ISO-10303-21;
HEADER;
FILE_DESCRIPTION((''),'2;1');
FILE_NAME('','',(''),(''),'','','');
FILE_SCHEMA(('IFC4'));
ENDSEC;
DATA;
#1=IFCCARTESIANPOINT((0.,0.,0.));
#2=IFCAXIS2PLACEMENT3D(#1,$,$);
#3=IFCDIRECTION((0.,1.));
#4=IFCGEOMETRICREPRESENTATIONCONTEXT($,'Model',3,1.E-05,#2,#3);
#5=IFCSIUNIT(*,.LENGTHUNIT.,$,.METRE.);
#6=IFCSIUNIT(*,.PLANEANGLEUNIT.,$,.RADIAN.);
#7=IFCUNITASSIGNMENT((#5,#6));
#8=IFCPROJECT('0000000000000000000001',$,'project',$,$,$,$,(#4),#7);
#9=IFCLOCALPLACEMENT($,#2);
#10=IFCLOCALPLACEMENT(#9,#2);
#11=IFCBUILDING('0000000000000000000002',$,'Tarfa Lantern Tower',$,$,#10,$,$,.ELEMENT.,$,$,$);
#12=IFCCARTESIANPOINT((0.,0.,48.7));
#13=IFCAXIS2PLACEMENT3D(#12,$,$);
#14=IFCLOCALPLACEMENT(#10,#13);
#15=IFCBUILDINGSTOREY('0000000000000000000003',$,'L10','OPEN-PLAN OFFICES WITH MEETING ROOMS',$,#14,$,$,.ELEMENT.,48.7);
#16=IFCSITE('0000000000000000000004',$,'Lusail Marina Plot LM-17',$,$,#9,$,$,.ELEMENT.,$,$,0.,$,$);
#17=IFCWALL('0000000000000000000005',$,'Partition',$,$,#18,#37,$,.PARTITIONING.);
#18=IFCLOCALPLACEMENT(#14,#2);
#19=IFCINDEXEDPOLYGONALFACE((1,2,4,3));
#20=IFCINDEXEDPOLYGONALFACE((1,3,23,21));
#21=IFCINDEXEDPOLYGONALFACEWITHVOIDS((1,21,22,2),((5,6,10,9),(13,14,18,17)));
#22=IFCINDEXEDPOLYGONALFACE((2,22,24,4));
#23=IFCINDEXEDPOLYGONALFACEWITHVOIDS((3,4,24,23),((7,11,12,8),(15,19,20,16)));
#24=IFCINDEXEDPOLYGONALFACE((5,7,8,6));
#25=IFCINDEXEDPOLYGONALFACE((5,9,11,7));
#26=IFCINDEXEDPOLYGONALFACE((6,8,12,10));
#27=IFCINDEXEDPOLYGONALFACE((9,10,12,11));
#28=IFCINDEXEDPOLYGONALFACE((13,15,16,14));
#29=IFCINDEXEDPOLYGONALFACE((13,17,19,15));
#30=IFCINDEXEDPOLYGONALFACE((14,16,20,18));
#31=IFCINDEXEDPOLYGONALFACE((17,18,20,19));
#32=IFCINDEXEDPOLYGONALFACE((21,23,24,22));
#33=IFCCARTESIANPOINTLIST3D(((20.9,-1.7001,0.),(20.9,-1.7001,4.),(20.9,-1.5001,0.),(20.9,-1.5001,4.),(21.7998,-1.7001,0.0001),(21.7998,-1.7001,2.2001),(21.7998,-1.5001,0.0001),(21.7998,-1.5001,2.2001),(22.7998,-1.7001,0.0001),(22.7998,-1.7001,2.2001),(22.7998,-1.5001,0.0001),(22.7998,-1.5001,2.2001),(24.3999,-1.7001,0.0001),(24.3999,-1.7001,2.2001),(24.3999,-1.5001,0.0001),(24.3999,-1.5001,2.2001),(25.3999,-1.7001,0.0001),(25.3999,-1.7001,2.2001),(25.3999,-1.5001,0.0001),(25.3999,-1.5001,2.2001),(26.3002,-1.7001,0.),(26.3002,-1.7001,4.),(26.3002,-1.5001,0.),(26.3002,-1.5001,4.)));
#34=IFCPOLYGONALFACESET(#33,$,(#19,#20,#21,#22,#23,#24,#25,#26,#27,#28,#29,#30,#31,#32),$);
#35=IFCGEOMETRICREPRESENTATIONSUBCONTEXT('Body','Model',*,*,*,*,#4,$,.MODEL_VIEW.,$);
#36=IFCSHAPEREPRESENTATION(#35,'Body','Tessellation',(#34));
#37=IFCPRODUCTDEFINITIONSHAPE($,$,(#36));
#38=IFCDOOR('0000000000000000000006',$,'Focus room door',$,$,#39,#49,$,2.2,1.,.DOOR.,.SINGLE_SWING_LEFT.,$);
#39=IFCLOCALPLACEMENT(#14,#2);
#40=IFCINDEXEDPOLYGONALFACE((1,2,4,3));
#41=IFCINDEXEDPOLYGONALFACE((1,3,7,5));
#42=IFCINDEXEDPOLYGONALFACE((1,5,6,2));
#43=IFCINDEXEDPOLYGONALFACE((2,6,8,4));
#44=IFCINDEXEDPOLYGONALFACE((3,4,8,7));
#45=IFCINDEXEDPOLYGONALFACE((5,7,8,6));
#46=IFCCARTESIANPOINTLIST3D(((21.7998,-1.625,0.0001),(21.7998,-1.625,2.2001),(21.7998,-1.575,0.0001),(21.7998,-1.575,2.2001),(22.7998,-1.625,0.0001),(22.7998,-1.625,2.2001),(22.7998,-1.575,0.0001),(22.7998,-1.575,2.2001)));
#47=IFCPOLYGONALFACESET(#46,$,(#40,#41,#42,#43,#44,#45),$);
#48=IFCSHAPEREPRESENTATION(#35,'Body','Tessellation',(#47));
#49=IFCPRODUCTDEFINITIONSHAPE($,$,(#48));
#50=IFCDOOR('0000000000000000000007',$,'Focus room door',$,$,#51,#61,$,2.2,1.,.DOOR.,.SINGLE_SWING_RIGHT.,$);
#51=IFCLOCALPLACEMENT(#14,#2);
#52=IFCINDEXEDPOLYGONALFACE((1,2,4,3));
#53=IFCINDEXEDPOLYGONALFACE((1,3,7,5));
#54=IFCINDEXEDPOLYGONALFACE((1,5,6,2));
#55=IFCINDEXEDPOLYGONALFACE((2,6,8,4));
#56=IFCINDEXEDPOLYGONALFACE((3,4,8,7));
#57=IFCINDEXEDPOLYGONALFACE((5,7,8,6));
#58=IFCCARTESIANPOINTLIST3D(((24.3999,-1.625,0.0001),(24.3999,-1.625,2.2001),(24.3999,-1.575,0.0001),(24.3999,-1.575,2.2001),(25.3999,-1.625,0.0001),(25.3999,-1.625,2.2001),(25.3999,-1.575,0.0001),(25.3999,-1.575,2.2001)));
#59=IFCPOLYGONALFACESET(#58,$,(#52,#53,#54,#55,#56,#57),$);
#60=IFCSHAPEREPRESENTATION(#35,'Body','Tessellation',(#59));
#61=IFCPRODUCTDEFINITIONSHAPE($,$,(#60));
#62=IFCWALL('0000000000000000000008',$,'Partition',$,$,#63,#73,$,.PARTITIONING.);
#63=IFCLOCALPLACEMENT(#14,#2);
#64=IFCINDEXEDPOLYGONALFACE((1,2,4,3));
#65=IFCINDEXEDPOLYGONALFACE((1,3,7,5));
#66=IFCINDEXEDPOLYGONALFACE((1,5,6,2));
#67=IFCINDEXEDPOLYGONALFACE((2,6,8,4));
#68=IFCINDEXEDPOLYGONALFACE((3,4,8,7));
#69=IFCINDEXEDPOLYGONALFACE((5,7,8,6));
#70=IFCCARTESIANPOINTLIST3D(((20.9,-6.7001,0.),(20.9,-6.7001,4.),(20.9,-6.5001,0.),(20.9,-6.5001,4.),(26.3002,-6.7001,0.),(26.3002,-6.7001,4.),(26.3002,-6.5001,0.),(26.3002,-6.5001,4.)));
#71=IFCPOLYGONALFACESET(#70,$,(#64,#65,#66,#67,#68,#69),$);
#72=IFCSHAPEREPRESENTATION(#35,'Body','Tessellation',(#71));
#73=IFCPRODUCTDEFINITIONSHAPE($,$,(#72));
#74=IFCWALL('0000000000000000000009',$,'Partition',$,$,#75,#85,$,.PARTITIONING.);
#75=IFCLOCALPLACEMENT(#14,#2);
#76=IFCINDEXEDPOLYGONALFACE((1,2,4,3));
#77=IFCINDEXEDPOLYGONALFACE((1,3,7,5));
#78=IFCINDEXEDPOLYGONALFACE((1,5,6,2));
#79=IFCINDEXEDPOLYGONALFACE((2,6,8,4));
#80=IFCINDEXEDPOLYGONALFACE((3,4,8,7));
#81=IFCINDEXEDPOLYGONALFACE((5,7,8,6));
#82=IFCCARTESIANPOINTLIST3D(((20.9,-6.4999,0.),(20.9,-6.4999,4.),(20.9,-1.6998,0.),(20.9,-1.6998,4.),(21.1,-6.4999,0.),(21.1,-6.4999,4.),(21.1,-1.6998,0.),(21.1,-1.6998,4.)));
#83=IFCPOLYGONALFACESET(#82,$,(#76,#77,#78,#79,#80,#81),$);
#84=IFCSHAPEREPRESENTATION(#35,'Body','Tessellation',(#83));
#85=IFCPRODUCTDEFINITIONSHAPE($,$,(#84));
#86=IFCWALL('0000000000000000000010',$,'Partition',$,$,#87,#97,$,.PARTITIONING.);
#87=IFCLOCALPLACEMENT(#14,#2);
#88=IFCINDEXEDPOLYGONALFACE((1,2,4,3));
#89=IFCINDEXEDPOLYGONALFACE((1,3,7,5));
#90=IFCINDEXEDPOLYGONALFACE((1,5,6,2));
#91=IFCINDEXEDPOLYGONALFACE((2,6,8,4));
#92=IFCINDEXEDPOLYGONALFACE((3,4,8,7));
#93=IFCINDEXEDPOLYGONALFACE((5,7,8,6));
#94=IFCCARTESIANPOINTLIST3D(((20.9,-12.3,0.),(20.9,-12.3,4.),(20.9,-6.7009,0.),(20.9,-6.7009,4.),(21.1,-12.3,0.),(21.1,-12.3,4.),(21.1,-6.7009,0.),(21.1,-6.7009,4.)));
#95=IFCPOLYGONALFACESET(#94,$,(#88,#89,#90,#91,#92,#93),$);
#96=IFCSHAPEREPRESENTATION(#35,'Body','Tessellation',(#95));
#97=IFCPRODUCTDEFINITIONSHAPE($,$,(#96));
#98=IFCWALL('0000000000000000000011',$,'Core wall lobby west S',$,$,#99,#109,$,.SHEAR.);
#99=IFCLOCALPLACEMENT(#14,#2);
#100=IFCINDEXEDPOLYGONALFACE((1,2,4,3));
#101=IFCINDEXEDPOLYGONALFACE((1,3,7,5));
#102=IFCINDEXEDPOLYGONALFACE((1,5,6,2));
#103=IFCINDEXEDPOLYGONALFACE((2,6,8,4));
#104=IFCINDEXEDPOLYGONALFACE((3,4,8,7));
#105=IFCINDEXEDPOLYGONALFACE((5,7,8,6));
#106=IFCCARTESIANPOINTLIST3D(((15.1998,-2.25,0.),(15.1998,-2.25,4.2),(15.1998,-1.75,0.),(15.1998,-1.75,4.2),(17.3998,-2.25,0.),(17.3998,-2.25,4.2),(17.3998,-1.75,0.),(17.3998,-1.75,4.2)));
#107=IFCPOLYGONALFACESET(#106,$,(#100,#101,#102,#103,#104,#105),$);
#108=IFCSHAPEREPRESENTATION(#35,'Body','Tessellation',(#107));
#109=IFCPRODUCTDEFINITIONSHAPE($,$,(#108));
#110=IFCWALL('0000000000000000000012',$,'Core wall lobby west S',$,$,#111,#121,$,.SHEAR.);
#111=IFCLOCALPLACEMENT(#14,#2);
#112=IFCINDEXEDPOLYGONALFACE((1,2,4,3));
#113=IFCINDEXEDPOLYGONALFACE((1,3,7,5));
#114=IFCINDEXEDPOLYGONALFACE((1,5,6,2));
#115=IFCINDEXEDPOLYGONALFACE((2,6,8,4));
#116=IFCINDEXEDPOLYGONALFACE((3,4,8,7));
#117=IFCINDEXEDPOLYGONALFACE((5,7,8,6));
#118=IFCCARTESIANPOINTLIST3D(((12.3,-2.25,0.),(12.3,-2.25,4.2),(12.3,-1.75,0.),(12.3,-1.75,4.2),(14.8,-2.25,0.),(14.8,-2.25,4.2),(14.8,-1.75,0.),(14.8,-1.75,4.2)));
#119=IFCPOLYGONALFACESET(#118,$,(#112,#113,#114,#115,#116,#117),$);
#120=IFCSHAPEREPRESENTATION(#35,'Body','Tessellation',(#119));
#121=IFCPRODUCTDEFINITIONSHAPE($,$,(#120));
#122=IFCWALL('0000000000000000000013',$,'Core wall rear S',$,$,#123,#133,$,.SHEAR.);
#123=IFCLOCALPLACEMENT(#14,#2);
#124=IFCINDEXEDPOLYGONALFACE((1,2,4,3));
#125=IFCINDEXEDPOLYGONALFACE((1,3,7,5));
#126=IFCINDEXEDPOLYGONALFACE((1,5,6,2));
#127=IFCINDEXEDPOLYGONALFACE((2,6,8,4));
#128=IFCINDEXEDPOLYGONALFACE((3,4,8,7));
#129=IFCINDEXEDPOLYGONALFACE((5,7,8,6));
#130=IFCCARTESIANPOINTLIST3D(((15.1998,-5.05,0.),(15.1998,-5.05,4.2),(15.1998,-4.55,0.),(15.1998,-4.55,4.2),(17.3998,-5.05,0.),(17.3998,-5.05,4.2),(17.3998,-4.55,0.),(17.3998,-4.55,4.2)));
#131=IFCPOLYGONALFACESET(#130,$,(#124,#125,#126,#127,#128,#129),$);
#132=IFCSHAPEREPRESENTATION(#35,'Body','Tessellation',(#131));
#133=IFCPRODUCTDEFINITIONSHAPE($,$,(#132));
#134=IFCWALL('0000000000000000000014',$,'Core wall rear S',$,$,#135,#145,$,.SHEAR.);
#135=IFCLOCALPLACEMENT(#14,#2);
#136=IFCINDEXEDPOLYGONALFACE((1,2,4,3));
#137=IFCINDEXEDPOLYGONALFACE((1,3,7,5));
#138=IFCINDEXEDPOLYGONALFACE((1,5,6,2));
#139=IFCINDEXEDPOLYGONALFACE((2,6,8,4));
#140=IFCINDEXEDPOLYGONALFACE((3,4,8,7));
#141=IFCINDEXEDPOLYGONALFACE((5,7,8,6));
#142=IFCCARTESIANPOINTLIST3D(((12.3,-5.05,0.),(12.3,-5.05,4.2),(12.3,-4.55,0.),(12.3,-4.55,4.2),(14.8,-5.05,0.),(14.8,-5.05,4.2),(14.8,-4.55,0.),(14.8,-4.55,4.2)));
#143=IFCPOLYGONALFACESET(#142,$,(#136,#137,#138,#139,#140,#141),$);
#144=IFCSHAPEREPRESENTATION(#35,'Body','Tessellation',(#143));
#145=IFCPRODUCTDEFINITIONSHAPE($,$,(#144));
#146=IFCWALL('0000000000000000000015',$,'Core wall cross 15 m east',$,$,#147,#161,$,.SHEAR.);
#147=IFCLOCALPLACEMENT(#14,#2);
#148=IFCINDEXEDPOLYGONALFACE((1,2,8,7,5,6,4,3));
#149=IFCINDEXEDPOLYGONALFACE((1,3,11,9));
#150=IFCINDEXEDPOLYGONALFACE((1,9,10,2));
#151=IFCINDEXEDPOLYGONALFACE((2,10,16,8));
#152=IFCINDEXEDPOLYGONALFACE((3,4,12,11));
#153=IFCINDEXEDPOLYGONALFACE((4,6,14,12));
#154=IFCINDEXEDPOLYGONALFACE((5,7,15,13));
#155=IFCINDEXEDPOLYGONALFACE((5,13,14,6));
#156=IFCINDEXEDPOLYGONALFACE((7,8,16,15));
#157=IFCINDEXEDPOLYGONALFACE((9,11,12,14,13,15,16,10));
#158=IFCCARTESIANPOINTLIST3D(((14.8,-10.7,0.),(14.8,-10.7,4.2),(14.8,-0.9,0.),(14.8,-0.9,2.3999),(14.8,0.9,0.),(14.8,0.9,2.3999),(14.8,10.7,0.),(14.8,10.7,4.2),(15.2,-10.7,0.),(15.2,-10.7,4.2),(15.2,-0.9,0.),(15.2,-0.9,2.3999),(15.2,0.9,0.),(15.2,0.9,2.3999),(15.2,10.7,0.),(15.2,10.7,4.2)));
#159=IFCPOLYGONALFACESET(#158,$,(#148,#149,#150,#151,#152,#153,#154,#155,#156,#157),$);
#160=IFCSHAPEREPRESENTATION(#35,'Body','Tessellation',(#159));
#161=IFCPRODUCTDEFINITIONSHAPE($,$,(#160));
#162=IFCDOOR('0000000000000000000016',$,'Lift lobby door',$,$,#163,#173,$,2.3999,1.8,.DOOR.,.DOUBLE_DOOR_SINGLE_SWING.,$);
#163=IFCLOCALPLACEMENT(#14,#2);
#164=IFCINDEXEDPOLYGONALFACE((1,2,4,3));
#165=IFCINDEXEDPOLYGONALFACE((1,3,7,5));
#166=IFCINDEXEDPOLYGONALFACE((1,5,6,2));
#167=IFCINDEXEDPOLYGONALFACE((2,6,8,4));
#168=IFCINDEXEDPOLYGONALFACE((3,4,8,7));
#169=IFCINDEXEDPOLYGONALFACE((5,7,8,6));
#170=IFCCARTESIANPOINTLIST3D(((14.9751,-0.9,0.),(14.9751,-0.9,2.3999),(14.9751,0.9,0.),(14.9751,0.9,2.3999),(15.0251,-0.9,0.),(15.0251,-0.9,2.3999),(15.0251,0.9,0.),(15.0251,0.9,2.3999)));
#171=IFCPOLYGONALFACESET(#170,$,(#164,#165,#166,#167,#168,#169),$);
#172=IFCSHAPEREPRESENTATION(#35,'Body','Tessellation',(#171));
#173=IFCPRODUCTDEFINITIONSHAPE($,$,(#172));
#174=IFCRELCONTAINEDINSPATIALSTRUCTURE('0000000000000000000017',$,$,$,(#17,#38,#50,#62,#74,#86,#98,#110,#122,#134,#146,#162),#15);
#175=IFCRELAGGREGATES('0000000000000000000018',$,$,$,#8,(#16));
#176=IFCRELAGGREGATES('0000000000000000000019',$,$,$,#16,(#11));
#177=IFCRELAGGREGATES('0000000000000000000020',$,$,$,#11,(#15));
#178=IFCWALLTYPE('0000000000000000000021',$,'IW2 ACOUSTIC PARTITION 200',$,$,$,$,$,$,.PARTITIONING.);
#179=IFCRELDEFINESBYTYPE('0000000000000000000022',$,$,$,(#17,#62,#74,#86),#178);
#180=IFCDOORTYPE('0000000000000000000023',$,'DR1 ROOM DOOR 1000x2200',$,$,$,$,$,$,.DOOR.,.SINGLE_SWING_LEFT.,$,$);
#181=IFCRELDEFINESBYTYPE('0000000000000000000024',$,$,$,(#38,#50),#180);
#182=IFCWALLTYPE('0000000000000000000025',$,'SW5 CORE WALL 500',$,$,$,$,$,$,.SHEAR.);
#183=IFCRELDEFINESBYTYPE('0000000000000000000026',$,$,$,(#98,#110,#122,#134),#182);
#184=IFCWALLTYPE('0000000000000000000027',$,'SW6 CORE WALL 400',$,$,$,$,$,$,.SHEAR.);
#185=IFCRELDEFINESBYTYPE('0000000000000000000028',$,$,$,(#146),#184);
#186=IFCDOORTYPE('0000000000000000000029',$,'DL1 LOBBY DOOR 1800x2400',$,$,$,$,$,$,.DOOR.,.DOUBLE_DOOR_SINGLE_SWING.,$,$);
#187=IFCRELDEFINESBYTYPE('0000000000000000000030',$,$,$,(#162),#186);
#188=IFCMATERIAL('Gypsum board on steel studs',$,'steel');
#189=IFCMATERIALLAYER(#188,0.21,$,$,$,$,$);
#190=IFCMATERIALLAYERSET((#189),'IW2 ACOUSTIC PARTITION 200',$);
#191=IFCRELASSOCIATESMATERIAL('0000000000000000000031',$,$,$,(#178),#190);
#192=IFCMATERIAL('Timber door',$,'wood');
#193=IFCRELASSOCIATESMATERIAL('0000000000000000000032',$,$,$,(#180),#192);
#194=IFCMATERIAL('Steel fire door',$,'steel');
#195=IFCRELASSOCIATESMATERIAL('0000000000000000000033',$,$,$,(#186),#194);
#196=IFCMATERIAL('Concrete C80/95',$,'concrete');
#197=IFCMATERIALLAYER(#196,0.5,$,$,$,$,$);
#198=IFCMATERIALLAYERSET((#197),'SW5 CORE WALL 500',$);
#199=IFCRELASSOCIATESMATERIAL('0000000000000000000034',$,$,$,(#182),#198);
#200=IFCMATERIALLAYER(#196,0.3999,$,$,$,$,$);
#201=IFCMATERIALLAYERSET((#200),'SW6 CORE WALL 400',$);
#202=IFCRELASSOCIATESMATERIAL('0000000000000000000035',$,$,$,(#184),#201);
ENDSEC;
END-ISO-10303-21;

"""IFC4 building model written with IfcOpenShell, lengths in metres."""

from ifc_helpers import new_model, si_unit, direction, frame, frame_2d, origin, place, context, subcontext, project, spatial, rectangle, extrude, material, layer, layer_set, type_object, element, fill, save


model = new_model("IFC4")

# Units and contexts
model_context = context("Model", 3, precision=1e-05, world=origin(), true_north=direction((0.0, 1.0)))
body_context = subcontext(model_context, "Body", "Model", "MODEL_VIEW")
ifc_project = project(units=[si_unit("LENGTHUNIT", "METRE"), si_unit("PLANEANGLEUNIT", "RADIAN")], contexts=[model_context])

# Site, building, storey
site_placement = place(None, origin())
site = spatial("IfcSite", under=ifc_project, at=site_placement, Name="Lusail Marina Plot LM-17", CompositionType="ELEMENT", RefElevation=0.0)
building_placement = place(site_placement, origin())
building = spatial("IfcBuilding", under=site, at=building_placement, Name="Tarfa Lantern Tower", CompositionType="ELEMENT")
storey_placement = place(building_placement, frame((0.0, 0.0, 48.7)))
storey = spatial("IfcBuildingStorey", under=building, at=storey_placement, Name="L10", Description="OPEN-PLAN OFFICES WITH MEETING ROOMS", CompositionType="ELEMENT", Elevation=48.7)

# Wall, openings, doors
ifc_material_1 = material(Name="Gypsum board on steel studs", Category="steel")
ifc_layer_1 = layer(ifc_material_1, 0.21)
ifc_layer_set_1 = layer_set([ifc_layer_1], Name="IW2 ACOUSTIC PARTITION 200")
wall_type_1 = type_object("IfcWallType", Name="IW2 ACOUSTIC PARTITION 200", PredefinedType="PARTITIONING", material=ifc_layer_set_1)
wall_1_placement = place(storey_placement, frame((20.8999, -1.6001, 0.0), z_axis=(0.0, 0.0, 1.0), x_axis=(1.0, 0.0, 0.0)))
wall_1 = element("IfcWall", 1, at=wall_1_placement, inside=storey, type_object=wall_type_1, Name="Partition", PredefinedType="PARTITIONING", context=body_context, shape_type="SweptSolid", body=[
    extrude(rectangle(XDim=5.4001, YDim=0.2, at=frame_2d((2.7002, 0.0))), origin(), (0.0, 0.0, 1.0), 4.0),
])
opening_1_placement = place(wall_1_placement, frame((0.8999, 0.0, 0.0)))
opening_1 = element("IfcOpeningElement", 2, at=opening_1_placement, cuts=wall_1, PredefinedType="OPENING", context=body_context, shape_type="SweptSolid", body=[
    extrude(rectangle(XDim=1.0, YDim=2.2, at=frame_2d((0.5, 1.1001))), frame((0.0, 0.1099, 0.0), z_axis=(0.0, -1.0, 0.0), x_axis=(1.0, 0.0, 0.0)), (0.0, 0.0, 1.0), 0.22),
])
opening_2_placement = place(wall_1_placement, frame((3.5, 0.0, 0.0)))
opening_2 = element("IfcOpeningElement", 3, at=opening_2_placement, cuts=wall_1, PredefinedType="OPENING", context=body_context, shape_type="SweptSolid", body=[
    extrude(rectangle(XDim=1.0, YDim=2.2, at=frame_2d((0.5, 1.1001))), frame((0.0, 0.1099, 0.0), z_axis=(0.0, -1.0, 0.0), x_axis=(1.0, 0.0, 0.0)), (0.0, 0.0, 1.0), 0.22),
])
ifc_material_2 = material(Name="Timber door", Category="wood")
door_type_1 = type_object("IfcDoorType", Name="DR1 ROOM DOOR 1000x2200", OperationType="SINGLE_SWING_LEFT", PredefinedType="DOOR", material=ifc_material_2)
door_1_placement = place(opening_1_placement, frame((1.0, 0.0, 0.0), z_axis=(0.0, 0.0, 1.0), x_axis=(-1.0, 0.0, 0.0)))
door_1 = element("IfcDoor", 4, at=door_1_placement, inside=storey, type_object=door_type_1, Name="Focus room door", OperationType="SINGLE_SWING_LEFT", OverallHeight=2.2, OverallWidth=1.0, PredefinedType="DOOR", context=body_context, shape_type="SweptSolid", body=[
    extrude(rectangle(XDim=1.0, YDim=2.2, at=frame_2d((0.5, 1.1001))), frame((0.0, 0.0249, 0.0), z_axis=(0.0, -1.0, 0.0), x_axis=(1.0, 0.0, 0.0)), (0.0, 0.0, 1.0), 0.05),
])
fill(opening_1, door_1)
door_2_placement = place(opening_2_placement, frame((1.0, 0.0, 0.0), z_axis=(0.0, 0.0, 1.0), x_axis=(-1.0, 0.0, 0.0)))
door_2 = element("IfcDoor", 5, at=door_2_placement, inside=storey, type_object=door_type_1, Name="Focus room door", OperationType="SINGLE_SWING_RIGHT", OverallHeight=2.2, OverallWidth=1.0, PredefinedType="DOOR", context=body_context, shape_type="SweptSolid", body=[
    extrude(rectangle(XDim=1.0, YDim=2.2, at=frame_2d((0.5, 1.1001))), frame((0.0, 0.0249, 0.0), z_axis=(0.0, -1.0, 0.0), x_axis=(1.0, 0.0, 0.0)), (0.0, 0.0, 1.0), 0.05),
])
fill(opening_2, door_2)

# Walls
wall_2_placement = place(storey_placement, frame((20.8999, -6.6001, 0.0), z_axis=(0.0, 0.0, 1.0), x_axis=(1.0, 0.0, 0.0)))
element("IfcWall", 6, at=wall_2_placement, inside=storey, type_object=wall_type_1, Name="Partition", PredefinedType="PARTITIONING", context=body_context, shape_type="SweptSolid", body=[
    extrude(rectangle(XDim=5.4001, YDim=0.2, at=frame_2d((2.7002, 0.0))), origin(), (0.0, 0.0, 1.0), 4.0),
])
wall_3_placement = place(storey_placement, frame((21.0, -1.7, 0.0), z_axis=(0.0, 0.0, 1.0), x_axis=(0.0, -1.0, 0.0)))
element("IfcWall", 7, at=wall_3_placement, inside=storey, type_object=wall_type_1, Name="Partition", PredefinedType="PARTITIONING", context=body_context, shape_type="SweptSolid", body=[
    extrude(rectangle(XDim=4.8, YDim=0.2, at=frame_2d((2.3999, 0.0))), origin(), (0.0, 0.0, 1.0), 4.0),
])
wall_4_placement = place(storey_placement, frame((21.0, -6.7009, 0.0), z_axis=(0.0, 0.0, 1.0), x_axis=(0.0, -1.0, 0.0)))
element("IfcWall", 8, at=wall_4_placement, inside=storey, type_object=wall_type_1, Name="Partition", PredefinedType="PARTITIONING", context=body_context, shape_type="SweptSolid", body=[
    extrude(rectangle(XDim=5.5991, YDim=0.2, at=frame_2d((2.7996, 0.0))), origin(), (0.0, 0.0, 1.0), 4.0),
])

# Shared definitions
ifc_material_3 = material(Name="Concrete C80/95", Category="concrete")
ifc_material_4 = material(Name="Steel fire door", Category="steel")
door_type_2 = type_object("IfcDoorType", Name="DL1 LOBBY DOOR 1800x2400", OperationType="DOUBLE_DOOR_SINGLE_SWING", PredefinedType="DOOR", material=ifc_material_4)

# Walls
ifc_layer_2 = layer(ifc_material_3, 0.5)
ifc_layer_set_2 = layer_set([ifc_layer_2], Name="SW5 CORE WALL 500")
wall_type_2 = type_object("IfcWallType", Name="SW5 CORE WALL 500", PredefinedType="SHEAR", material=ifc_layer_set_2)
wall_5_placement = place(storey_placement, frame((17.3999, -2.0, 0.0), z_axis=(0.0, 0.0, 1.0), x_axis=(-1.0, 0.0, 0.0)))
element("IfcWall", 9, at=wall_5_placement, inside=storey, type_object=wall_type_2, Name="Core wall lobby west S", PredefinedType="SHEAR", context=body_context, shape_type="SweptSolid", body=[
    extrude(rectangle(XDim=2.2, YDim=0.5, at=frame_2d((1.1001, 0.0))), origin(), (0.0, 0.0, 1.0), 4.2),
])
wall_6_placement = place(storey_placement, frame((14.8, -2.0, 0.0), z_axis=(0.0, 0.0, 1.0), x_axis=(-1.0, 0.0, 0.0)))
element("IfcWall", 10, at=wall_6_placement, inside=storey, type_object=wall_type_2, Name="Core wall lobby west S", PredefinedType="SHEAR", context=body_context, shape_type="SweptSolid", body=[
    extrude(rectangle(XDim=2.5, YDim=0.5, at=frame_2d((1.25, 0.0))), origin(), (0.0, 0.0, 1.0), 4.2),
])
wall_7_placement = place(storey_placement, frame((17.3999, -4.8, 0.0), z_axis=(0.0, 0.0, 1.0), x_axis=(-1.0, 0.0, 0.0)))
element("IfcWall", 11, at=wall_7_placement, inside=storey, type_object=wall_type_2, Name="Core wall rear S", PredefinedType="SHEAR", context=body_context, shape_type="SweptSolid", body=[
    extrude(rectangle(XDim=2.2, YDim=0.5, at=frame_2d((1.1001, 0.0))), origin(), (0.0, 0.0, 1.0), 4.2),
])
wall_8_placement = place(storey_placement, frame((14.8, -4.8, 0.0), z_axis=(0.0, 0.0, 1.0), x_axis=(-1.0, 0.0, 0.0)))
element("IfcWall", 12, at=wall_8_placement, inside=storey, type_object=wall_type_2, Name="Core wall rear S", PredefinedType="SHEAR", context=body_context, shape_type="SweptSolid", body=[
    extrude(rectangle(XDim=2.5, YDim=0.5, at=frame_2d((1.25, 0.0))), origin(), (0.0, 0.0, 1.0), 4.2),
])

# Wall, opening, door
ifc_layer_3 = layer(ifc_material_3, 0.3999)
ifc_layer_set_3 = layer_set([ifc_layer_3], Name="SW6 CORE WALL 400")
wall_type_3 = type_object("IfcWallType", Name="SW6 CORE WALL 400", PredefinedType="SHEAR", material=ifc_layer_set_3)
wall_9_placement = place(storey_placement, frame((15.0, -10.7, 0.0), z_axis=(0.0, 0.0, 1.0), x_axis=(0.0, 1.0, 0.0)))
wall_9 = element("IfcWall", 13, at=wall_9_placement, inside=storey, type_object=wall_type_3, Name="Core wall cross 15 m east", PredefinedType="SHEAR", context=body_context, shape_type="SweptSolid", body=[
    extrude(rectangle(XDim=21.3999, YDim=0.3999, at=frame_2d((10.7, 0.0))), origin(), (0.0, 0.0, 1.0), 4.2),
])
opening_3_placement = place(wall_9_placement, frame((9.8, 0.0, 0.0)))
opening_3 = element("IfcOpeningElement", 14, at=opening_3_placement, cuts=wall_9, PredefinedType="OPENING", context=body_context, shape_type="SweptSolid", body=[
    extrude(rectangle(XDim=1.8, YDim=2.3999, at=frame_2d((0.8999, 1.2))), frame((0.0, 0.21, 0.0), z_axis=(0.0, -1.0, 0.0), x_axis=(1.0, 0.0, 0.0)), (0.0, 0.0, 1.0), 0.4199),
])
door_3_placement = place(opening_3_placement, origin())
door_3 = element("IfcDoor", 15, at=door_3_placement, inside=storey, type_object=door_type_2, Name="Lift lobby door", OperationType="DOUBLE_DOOR_SINGLE_SWING", OverallHeight=2.3999, OverallWidth=1.8, PredefinedType="DOOR", context=body_context, shape_type="SweptSolid", body=[
    extrude(rectangle(XDim=1.8, YDim=2.3999, at=frame_2d((0.8999, 1.2))), frame((0.0, 0.0249, 0.0), z_axis=(0.0, -1.0, 0.0), x_axis=(1.0, 0.0, 0.0)), (0.0, 0.0, 1.0), 0.05),
])
fill(opening_3, door_3)

save(model, "model.ifc")
